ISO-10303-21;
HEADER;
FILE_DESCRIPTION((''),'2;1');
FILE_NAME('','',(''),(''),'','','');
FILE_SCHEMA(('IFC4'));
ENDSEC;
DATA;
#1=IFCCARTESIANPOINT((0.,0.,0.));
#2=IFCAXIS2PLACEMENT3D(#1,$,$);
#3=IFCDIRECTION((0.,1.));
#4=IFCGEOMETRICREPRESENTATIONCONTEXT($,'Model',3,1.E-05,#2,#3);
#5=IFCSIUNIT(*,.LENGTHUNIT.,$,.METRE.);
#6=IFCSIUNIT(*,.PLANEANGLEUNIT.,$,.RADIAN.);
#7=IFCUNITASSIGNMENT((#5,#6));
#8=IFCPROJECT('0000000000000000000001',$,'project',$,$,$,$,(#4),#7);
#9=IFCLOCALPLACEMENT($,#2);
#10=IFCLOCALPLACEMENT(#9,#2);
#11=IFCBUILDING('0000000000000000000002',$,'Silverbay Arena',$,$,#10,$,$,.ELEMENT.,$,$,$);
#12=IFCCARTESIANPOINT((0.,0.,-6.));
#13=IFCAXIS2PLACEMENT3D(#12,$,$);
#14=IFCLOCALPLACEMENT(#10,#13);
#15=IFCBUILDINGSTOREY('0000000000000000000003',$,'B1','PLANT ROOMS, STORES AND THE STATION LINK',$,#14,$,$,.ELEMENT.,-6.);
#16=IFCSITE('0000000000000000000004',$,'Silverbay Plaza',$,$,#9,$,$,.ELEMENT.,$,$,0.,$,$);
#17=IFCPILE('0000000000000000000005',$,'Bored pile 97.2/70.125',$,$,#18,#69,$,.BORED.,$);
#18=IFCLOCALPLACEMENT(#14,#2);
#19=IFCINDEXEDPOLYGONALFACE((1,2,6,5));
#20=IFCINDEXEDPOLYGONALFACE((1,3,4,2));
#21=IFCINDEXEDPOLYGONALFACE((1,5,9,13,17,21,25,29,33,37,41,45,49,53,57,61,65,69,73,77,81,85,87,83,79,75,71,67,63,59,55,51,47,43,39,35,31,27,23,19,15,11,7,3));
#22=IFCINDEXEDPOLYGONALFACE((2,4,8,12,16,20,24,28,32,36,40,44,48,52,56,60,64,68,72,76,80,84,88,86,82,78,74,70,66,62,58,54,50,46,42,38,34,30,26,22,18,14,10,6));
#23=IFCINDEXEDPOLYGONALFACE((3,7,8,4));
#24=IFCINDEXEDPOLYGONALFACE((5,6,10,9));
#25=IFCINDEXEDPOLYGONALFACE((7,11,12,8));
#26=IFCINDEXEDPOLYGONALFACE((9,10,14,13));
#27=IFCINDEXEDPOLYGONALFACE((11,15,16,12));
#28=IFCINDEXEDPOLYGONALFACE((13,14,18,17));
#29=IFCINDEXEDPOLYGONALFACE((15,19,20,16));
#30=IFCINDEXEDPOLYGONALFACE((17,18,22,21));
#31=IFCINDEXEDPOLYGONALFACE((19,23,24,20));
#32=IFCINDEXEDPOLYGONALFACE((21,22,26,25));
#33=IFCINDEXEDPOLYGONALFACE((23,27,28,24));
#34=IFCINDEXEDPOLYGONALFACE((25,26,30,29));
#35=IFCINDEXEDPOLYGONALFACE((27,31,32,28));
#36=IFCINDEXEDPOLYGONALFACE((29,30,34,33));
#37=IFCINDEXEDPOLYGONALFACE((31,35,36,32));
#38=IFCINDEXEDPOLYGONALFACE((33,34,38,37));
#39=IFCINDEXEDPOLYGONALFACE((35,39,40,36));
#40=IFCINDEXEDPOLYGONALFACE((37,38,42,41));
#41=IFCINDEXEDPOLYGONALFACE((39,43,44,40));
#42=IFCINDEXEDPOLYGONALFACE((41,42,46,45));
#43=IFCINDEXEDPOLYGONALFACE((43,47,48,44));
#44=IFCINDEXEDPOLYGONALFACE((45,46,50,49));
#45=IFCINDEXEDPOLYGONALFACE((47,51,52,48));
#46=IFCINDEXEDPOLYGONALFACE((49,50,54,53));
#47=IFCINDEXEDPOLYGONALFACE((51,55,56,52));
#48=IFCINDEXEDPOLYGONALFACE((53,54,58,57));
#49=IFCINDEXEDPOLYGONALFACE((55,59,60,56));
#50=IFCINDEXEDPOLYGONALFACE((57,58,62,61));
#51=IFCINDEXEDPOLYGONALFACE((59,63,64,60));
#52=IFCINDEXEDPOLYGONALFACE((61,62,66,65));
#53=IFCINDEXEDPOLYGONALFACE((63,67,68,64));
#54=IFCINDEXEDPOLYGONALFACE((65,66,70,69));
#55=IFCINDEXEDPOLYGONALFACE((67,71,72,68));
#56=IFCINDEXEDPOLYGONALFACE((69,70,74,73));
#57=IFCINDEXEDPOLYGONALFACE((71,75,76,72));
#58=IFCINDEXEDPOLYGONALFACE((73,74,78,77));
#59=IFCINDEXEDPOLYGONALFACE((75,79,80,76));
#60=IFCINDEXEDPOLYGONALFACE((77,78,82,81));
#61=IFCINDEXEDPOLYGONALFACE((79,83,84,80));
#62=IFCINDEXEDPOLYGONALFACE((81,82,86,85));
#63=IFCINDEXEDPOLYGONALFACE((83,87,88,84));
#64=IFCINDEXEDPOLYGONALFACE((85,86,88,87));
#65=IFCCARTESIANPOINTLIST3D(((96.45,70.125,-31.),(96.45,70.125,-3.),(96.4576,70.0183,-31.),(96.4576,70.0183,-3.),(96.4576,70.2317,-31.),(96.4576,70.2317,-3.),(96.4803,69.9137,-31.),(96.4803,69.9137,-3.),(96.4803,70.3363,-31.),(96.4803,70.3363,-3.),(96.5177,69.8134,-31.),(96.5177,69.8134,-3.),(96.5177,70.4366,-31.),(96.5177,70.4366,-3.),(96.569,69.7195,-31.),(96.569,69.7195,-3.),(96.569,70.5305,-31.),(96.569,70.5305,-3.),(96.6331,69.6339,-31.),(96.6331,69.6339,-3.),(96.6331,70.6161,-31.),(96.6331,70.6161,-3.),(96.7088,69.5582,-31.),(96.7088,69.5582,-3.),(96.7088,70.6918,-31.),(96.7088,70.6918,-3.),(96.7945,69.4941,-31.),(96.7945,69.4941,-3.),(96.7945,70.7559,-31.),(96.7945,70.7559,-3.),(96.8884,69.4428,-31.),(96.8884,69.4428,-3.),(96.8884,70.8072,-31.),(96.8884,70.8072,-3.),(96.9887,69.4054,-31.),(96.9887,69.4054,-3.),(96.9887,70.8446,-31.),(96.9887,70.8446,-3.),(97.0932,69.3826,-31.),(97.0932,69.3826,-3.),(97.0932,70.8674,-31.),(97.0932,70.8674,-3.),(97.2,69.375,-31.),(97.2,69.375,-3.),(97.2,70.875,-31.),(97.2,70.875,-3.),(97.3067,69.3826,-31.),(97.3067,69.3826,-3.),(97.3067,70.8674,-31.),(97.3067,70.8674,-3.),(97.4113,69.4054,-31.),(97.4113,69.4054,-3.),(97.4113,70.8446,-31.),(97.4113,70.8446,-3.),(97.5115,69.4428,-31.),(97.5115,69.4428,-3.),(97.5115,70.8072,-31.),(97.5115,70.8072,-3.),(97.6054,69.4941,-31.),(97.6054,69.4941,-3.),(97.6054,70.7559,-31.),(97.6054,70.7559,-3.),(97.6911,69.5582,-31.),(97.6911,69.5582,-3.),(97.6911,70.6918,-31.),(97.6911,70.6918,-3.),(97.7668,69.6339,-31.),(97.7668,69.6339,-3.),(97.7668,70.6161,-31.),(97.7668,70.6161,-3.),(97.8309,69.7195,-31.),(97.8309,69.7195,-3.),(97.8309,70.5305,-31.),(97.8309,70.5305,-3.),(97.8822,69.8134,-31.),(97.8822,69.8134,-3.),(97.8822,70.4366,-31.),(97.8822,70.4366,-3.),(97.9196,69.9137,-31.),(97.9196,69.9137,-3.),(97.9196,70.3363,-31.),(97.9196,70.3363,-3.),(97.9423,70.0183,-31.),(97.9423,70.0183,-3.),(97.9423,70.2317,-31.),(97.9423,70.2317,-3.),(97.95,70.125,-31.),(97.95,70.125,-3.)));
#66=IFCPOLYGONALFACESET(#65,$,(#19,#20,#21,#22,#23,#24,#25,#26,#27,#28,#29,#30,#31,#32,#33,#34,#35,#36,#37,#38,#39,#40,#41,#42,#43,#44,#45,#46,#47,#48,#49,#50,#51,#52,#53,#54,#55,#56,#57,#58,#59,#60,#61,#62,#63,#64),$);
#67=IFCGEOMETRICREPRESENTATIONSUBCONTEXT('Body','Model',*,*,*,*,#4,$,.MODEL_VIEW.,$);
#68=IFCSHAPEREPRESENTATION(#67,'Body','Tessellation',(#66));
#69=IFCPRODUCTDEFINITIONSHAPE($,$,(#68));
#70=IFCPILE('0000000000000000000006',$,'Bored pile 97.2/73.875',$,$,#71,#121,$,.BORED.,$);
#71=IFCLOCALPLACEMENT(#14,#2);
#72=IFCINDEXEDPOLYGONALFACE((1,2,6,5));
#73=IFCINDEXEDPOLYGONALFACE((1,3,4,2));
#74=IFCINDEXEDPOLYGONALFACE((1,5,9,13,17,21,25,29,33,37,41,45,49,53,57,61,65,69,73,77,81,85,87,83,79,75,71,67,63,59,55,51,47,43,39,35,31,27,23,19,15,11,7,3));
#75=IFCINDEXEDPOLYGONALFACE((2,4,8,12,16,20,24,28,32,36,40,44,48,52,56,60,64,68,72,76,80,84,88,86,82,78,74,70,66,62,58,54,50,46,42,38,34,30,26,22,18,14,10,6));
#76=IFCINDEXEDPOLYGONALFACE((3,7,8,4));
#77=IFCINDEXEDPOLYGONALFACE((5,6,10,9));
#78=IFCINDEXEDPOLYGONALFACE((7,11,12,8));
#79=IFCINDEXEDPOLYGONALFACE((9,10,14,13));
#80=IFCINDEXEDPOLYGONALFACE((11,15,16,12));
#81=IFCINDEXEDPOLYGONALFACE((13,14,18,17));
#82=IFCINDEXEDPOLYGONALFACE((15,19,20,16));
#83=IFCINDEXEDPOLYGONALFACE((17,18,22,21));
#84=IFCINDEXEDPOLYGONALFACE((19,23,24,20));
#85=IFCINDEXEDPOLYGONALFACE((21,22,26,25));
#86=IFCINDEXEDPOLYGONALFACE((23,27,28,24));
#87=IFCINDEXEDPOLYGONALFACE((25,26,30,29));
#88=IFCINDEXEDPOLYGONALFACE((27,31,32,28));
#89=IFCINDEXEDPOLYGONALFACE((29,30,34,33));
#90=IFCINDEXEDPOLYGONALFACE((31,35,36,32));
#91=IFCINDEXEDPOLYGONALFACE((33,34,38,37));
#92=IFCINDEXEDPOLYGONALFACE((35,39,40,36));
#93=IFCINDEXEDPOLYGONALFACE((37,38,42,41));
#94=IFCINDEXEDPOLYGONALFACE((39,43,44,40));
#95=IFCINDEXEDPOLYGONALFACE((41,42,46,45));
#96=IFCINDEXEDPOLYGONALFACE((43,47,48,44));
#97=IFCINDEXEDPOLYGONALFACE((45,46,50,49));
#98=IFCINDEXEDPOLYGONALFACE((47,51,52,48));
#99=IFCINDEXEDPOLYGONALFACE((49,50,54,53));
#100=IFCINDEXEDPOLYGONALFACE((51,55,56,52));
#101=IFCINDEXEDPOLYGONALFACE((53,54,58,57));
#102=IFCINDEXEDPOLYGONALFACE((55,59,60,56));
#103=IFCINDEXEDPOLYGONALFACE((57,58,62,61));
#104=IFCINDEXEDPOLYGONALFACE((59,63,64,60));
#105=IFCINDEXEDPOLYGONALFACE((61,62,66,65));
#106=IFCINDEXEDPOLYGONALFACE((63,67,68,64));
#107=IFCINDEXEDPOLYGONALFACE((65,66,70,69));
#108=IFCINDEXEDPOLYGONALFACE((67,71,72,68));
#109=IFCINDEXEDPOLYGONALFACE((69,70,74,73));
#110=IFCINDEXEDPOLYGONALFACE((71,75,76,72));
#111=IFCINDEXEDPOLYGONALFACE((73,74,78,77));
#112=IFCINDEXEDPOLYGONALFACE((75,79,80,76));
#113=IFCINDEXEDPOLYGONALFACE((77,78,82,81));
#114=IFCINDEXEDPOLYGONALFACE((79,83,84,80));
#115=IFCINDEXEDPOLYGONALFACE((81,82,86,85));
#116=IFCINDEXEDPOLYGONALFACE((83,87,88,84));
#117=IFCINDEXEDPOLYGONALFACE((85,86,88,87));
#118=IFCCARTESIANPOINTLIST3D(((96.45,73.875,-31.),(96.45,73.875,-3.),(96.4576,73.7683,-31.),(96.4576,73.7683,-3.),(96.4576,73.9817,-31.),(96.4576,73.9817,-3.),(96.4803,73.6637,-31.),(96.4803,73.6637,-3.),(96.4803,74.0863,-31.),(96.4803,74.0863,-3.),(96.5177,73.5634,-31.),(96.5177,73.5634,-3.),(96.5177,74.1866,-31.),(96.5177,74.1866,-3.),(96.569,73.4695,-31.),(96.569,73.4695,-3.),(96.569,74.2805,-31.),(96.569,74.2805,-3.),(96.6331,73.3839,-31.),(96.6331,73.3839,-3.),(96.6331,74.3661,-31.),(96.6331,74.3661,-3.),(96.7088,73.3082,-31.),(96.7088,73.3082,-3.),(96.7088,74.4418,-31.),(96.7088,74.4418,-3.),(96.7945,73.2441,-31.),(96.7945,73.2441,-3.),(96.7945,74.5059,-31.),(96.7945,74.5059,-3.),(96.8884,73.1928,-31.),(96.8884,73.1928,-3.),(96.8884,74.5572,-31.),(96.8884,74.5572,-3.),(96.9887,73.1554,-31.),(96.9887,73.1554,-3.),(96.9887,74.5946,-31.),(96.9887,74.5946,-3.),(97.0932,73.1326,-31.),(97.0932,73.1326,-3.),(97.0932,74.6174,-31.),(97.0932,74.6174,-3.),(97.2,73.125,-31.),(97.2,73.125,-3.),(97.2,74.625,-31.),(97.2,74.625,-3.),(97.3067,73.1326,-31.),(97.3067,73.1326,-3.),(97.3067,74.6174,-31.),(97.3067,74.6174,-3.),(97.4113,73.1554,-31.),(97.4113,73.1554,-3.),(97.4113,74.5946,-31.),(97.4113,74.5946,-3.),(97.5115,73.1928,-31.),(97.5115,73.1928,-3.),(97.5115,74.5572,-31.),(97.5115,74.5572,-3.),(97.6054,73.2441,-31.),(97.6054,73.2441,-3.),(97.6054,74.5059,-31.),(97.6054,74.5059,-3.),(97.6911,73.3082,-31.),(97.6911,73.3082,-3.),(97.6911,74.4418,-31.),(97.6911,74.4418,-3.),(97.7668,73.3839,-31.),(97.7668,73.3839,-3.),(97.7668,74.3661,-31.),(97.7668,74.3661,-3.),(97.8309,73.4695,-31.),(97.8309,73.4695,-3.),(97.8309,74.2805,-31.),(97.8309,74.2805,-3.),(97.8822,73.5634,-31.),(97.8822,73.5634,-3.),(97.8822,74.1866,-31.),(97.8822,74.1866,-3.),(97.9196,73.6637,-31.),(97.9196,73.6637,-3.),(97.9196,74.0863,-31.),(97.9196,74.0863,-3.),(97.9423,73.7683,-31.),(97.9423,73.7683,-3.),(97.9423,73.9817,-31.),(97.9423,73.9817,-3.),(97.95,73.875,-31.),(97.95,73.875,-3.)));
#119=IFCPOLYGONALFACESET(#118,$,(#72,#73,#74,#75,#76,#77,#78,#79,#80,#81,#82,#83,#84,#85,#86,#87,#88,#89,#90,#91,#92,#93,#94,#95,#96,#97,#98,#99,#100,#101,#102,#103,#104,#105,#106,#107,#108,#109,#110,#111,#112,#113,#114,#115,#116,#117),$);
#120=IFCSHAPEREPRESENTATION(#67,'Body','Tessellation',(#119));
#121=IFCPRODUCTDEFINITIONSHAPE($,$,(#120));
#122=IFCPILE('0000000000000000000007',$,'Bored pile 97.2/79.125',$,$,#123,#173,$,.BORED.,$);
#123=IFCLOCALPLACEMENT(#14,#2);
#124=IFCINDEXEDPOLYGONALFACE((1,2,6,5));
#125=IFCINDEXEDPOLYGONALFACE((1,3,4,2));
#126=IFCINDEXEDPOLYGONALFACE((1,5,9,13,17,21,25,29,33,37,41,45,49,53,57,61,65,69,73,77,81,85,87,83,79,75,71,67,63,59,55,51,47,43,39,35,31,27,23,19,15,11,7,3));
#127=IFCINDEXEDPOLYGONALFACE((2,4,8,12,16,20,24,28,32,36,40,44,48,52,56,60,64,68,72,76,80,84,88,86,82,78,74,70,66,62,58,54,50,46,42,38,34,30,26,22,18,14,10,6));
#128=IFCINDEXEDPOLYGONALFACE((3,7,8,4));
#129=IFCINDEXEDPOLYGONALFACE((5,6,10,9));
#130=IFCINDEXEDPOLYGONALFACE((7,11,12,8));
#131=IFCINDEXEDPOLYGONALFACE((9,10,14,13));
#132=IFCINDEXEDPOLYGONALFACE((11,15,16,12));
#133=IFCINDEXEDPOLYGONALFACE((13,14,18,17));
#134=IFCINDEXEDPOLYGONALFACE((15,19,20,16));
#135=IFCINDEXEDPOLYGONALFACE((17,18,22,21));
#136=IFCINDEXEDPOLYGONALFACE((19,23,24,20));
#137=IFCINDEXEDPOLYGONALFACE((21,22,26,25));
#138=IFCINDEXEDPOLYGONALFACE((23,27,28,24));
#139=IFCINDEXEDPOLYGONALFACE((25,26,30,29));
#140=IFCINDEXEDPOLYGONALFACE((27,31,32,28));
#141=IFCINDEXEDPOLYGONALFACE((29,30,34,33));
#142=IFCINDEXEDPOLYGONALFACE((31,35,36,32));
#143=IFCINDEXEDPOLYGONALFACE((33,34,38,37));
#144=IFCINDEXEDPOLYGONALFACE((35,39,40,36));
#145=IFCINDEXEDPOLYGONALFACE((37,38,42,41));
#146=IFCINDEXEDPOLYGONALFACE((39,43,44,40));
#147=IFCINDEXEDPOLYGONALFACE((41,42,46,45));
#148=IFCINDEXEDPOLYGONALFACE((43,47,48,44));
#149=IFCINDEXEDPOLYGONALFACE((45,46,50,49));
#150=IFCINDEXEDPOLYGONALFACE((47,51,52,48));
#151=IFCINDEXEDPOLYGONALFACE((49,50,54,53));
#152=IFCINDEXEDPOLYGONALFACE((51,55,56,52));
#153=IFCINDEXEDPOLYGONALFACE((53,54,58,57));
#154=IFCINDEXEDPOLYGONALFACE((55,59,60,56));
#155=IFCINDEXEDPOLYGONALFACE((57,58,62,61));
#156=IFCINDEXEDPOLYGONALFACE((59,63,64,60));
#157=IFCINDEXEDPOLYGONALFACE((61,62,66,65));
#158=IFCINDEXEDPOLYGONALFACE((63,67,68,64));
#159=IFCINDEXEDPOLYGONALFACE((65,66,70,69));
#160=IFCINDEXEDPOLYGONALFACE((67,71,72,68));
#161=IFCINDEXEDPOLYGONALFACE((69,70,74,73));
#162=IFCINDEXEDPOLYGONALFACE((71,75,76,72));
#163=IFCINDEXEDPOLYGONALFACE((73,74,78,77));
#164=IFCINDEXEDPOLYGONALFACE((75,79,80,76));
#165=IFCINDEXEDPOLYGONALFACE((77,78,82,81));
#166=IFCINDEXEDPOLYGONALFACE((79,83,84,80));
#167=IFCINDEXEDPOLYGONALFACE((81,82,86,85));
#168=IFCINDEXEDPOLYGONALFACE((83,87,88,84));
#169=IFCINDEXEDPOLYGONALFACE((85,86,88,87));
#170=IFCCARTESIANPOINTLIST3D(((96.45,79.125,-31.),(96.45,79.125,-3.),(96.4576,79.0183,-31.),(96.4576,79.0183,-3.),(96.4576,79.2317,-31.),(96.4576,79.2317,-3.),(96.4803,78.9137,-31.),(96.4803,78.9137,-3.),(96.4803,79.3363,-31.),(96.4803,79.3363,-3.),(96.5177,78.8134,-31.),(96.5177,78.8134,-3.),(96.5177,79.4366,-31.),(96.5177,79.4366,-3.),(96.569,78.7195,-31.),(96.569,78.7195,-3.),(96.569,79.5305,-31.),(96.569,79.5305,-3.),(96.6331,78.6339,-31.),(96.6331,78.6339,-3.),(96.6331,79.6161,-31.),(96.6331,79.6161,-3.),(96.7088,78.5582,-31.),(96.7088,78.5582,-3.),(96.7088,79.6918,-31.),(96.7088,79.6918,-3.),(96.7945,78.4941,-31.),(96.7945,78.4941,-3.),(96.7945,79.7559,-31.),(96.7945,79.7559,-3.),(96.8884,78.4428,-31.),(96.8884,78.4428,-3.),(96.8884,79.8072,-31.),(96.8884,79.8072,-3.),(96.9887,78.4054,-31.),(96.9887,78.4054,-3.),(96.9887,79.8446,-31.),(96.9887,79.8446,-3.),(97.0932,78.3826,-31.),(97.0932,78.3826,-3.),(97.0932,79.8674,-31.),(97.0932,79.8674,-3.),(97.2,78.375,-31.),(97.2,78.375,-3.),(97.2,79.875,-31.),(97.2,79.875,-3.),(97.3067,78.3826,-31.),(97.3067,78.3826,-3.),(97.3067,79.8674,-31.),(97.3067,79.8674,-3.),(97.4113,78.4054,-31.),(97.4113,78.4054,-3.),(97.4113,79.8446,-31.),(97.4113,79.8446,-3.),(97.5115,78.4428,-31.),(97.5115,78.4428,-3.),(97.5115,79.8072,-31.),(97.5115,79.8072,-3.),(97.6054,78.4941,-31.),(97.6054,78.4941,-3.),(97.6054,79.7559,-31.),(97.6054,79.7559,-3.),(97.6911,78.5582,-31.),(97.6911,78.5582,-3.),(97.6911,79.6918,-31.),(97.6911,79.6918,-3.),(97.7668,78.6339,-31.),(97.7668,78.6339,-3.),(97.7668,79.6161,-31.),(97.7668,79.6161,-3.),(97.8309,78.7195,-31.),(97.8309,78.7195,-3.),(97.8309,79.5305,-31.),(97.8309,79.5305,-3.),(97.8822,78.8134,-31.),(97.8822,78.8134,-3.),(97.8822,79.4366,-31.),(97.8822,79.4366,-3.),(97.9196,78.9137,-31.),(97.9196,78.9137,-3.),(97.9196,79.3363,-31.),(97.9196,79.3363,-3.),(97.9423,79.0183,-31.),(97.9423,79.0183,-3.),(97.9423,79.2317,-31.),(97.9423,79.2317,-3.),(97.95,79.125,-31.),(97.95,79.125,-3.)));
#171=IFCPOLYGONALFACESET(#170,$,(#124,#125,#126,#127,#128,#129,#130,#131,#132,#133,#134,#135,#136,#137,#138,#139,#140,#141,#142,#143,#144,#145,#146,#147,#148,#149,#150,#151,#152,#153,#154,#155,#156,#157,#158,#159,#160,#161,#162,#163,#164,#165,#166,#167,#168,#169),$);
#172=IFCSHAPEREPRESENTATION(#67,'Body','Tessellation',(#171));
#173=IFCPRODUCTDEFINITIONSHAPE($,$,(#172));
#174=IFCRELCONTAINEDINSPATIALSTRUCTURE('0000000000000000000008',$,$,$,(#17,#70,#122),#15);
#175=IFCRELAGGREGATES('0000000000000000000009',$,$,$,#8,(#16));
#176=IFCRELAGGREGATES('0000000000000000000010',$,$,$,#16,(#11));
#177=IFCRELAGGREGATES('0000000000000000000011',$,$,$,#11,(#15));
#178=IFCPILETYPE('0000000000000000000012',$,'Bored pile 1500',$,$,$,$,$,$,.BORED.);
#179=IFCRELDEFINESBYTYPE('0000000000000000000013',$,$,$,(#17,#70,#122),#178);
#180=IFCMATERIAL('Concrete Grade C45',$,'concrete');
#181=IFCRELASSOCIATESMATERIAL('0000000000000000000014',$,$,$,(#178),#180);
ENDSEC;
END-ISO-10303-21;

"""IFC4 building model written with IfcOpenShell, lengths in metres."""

from ifc_helpers import new_model, si_unit, direction, frame, origin, origin_2d, place, context, subcontext, project, spatial, circle, extrude, material, material_profile, profile_set, type_object, element, save


model = new_model("IFC4")

# Units and contexts
model_context = context("Model", 3, precision=1e-05, world=origin(), true_north=direction((0.0, 1.0)))
body_context = subcontext(model_context, "Body", "Model", "MODEL_VIEW")
ifc_project = project(units=[si_unit("LENGTHUNIT", "METRE"), si_unit("PLANEANGLEUNIT", "RADIAN")], contexts=[model_context])

# Site, building, storey
site_placement = place(None, origin())
site = spatial("IfcSite", under=ifc_project, at=site_placement, Name="Silverbay Plaza", CompositionType="ELEMENT", RefElevation=0.0)
building_placement = place(site_placement, origin())
building = spatial("IfcBuilding", under=site, at=building_placement, Name="Silverbay Arena", CompositionType="ELEMENT")
storey_placement = place(building_placement, frame((0.0, 0.0, -6.0)))
storey = spatial("IfcBuildingStorey", under=building, at=storey_placement, Name="B1", Description="PLANT ROOMS, STORES AND THE STATION LINK", CompositionType="ELEMENT", Elevation=-6.0)

# Piles
ifc_material_1 = material(Name="Concrete Grade C45", Category="concrete")
ifc_material_profile_1 = material_profile(ifc_material_1, circle(Radius=0.75, at=origin_2d()), Name="Bored pile 1500")
ifc_profile_set_1 = profile_set([ifc_material_profile_1], Name="Concrete Grade C45")
pile_type_1 = type_object("IfcPileType", Name="Bored pile 1500", PredefinedType="BORED", material=ifc_profile_set_1)
for number, where, z_axis, x_axis, name in (
    (1, (97.2, 70.125, -3.0), (0.0, 0.0, -1.0), (1.0, 0.0, 0.0), "Bored pile 97.2/70.125"),
    (2, (97.2, 73.875, -3.0), (0.0, 0.0, -1.0), (1.0, 0.0, 0.0), "Bored pile 97.2/73.875"),
    (3, (97.2, 79.125, -3.0), (0.0, 0.0, -1.0), (1.0, 0.0, 0.0), "Bored pile 97.2/79.125"),
):
    element("IfcPile", number, at=place(storey_placement, frame(where, z_axis=z_axis, x_axis=x_axis)), inside=storey, type_object=pile_type_1, Name=name, PredefinedType="BORED", context=body_context, shape_type="SweptSolid", body=[
        extrude(circle(Radius=0.75, at=origin_2d()), origin(), (0.0, 0.0, 1.0), 28.0),
    ])

save(model, "model.ifc")
